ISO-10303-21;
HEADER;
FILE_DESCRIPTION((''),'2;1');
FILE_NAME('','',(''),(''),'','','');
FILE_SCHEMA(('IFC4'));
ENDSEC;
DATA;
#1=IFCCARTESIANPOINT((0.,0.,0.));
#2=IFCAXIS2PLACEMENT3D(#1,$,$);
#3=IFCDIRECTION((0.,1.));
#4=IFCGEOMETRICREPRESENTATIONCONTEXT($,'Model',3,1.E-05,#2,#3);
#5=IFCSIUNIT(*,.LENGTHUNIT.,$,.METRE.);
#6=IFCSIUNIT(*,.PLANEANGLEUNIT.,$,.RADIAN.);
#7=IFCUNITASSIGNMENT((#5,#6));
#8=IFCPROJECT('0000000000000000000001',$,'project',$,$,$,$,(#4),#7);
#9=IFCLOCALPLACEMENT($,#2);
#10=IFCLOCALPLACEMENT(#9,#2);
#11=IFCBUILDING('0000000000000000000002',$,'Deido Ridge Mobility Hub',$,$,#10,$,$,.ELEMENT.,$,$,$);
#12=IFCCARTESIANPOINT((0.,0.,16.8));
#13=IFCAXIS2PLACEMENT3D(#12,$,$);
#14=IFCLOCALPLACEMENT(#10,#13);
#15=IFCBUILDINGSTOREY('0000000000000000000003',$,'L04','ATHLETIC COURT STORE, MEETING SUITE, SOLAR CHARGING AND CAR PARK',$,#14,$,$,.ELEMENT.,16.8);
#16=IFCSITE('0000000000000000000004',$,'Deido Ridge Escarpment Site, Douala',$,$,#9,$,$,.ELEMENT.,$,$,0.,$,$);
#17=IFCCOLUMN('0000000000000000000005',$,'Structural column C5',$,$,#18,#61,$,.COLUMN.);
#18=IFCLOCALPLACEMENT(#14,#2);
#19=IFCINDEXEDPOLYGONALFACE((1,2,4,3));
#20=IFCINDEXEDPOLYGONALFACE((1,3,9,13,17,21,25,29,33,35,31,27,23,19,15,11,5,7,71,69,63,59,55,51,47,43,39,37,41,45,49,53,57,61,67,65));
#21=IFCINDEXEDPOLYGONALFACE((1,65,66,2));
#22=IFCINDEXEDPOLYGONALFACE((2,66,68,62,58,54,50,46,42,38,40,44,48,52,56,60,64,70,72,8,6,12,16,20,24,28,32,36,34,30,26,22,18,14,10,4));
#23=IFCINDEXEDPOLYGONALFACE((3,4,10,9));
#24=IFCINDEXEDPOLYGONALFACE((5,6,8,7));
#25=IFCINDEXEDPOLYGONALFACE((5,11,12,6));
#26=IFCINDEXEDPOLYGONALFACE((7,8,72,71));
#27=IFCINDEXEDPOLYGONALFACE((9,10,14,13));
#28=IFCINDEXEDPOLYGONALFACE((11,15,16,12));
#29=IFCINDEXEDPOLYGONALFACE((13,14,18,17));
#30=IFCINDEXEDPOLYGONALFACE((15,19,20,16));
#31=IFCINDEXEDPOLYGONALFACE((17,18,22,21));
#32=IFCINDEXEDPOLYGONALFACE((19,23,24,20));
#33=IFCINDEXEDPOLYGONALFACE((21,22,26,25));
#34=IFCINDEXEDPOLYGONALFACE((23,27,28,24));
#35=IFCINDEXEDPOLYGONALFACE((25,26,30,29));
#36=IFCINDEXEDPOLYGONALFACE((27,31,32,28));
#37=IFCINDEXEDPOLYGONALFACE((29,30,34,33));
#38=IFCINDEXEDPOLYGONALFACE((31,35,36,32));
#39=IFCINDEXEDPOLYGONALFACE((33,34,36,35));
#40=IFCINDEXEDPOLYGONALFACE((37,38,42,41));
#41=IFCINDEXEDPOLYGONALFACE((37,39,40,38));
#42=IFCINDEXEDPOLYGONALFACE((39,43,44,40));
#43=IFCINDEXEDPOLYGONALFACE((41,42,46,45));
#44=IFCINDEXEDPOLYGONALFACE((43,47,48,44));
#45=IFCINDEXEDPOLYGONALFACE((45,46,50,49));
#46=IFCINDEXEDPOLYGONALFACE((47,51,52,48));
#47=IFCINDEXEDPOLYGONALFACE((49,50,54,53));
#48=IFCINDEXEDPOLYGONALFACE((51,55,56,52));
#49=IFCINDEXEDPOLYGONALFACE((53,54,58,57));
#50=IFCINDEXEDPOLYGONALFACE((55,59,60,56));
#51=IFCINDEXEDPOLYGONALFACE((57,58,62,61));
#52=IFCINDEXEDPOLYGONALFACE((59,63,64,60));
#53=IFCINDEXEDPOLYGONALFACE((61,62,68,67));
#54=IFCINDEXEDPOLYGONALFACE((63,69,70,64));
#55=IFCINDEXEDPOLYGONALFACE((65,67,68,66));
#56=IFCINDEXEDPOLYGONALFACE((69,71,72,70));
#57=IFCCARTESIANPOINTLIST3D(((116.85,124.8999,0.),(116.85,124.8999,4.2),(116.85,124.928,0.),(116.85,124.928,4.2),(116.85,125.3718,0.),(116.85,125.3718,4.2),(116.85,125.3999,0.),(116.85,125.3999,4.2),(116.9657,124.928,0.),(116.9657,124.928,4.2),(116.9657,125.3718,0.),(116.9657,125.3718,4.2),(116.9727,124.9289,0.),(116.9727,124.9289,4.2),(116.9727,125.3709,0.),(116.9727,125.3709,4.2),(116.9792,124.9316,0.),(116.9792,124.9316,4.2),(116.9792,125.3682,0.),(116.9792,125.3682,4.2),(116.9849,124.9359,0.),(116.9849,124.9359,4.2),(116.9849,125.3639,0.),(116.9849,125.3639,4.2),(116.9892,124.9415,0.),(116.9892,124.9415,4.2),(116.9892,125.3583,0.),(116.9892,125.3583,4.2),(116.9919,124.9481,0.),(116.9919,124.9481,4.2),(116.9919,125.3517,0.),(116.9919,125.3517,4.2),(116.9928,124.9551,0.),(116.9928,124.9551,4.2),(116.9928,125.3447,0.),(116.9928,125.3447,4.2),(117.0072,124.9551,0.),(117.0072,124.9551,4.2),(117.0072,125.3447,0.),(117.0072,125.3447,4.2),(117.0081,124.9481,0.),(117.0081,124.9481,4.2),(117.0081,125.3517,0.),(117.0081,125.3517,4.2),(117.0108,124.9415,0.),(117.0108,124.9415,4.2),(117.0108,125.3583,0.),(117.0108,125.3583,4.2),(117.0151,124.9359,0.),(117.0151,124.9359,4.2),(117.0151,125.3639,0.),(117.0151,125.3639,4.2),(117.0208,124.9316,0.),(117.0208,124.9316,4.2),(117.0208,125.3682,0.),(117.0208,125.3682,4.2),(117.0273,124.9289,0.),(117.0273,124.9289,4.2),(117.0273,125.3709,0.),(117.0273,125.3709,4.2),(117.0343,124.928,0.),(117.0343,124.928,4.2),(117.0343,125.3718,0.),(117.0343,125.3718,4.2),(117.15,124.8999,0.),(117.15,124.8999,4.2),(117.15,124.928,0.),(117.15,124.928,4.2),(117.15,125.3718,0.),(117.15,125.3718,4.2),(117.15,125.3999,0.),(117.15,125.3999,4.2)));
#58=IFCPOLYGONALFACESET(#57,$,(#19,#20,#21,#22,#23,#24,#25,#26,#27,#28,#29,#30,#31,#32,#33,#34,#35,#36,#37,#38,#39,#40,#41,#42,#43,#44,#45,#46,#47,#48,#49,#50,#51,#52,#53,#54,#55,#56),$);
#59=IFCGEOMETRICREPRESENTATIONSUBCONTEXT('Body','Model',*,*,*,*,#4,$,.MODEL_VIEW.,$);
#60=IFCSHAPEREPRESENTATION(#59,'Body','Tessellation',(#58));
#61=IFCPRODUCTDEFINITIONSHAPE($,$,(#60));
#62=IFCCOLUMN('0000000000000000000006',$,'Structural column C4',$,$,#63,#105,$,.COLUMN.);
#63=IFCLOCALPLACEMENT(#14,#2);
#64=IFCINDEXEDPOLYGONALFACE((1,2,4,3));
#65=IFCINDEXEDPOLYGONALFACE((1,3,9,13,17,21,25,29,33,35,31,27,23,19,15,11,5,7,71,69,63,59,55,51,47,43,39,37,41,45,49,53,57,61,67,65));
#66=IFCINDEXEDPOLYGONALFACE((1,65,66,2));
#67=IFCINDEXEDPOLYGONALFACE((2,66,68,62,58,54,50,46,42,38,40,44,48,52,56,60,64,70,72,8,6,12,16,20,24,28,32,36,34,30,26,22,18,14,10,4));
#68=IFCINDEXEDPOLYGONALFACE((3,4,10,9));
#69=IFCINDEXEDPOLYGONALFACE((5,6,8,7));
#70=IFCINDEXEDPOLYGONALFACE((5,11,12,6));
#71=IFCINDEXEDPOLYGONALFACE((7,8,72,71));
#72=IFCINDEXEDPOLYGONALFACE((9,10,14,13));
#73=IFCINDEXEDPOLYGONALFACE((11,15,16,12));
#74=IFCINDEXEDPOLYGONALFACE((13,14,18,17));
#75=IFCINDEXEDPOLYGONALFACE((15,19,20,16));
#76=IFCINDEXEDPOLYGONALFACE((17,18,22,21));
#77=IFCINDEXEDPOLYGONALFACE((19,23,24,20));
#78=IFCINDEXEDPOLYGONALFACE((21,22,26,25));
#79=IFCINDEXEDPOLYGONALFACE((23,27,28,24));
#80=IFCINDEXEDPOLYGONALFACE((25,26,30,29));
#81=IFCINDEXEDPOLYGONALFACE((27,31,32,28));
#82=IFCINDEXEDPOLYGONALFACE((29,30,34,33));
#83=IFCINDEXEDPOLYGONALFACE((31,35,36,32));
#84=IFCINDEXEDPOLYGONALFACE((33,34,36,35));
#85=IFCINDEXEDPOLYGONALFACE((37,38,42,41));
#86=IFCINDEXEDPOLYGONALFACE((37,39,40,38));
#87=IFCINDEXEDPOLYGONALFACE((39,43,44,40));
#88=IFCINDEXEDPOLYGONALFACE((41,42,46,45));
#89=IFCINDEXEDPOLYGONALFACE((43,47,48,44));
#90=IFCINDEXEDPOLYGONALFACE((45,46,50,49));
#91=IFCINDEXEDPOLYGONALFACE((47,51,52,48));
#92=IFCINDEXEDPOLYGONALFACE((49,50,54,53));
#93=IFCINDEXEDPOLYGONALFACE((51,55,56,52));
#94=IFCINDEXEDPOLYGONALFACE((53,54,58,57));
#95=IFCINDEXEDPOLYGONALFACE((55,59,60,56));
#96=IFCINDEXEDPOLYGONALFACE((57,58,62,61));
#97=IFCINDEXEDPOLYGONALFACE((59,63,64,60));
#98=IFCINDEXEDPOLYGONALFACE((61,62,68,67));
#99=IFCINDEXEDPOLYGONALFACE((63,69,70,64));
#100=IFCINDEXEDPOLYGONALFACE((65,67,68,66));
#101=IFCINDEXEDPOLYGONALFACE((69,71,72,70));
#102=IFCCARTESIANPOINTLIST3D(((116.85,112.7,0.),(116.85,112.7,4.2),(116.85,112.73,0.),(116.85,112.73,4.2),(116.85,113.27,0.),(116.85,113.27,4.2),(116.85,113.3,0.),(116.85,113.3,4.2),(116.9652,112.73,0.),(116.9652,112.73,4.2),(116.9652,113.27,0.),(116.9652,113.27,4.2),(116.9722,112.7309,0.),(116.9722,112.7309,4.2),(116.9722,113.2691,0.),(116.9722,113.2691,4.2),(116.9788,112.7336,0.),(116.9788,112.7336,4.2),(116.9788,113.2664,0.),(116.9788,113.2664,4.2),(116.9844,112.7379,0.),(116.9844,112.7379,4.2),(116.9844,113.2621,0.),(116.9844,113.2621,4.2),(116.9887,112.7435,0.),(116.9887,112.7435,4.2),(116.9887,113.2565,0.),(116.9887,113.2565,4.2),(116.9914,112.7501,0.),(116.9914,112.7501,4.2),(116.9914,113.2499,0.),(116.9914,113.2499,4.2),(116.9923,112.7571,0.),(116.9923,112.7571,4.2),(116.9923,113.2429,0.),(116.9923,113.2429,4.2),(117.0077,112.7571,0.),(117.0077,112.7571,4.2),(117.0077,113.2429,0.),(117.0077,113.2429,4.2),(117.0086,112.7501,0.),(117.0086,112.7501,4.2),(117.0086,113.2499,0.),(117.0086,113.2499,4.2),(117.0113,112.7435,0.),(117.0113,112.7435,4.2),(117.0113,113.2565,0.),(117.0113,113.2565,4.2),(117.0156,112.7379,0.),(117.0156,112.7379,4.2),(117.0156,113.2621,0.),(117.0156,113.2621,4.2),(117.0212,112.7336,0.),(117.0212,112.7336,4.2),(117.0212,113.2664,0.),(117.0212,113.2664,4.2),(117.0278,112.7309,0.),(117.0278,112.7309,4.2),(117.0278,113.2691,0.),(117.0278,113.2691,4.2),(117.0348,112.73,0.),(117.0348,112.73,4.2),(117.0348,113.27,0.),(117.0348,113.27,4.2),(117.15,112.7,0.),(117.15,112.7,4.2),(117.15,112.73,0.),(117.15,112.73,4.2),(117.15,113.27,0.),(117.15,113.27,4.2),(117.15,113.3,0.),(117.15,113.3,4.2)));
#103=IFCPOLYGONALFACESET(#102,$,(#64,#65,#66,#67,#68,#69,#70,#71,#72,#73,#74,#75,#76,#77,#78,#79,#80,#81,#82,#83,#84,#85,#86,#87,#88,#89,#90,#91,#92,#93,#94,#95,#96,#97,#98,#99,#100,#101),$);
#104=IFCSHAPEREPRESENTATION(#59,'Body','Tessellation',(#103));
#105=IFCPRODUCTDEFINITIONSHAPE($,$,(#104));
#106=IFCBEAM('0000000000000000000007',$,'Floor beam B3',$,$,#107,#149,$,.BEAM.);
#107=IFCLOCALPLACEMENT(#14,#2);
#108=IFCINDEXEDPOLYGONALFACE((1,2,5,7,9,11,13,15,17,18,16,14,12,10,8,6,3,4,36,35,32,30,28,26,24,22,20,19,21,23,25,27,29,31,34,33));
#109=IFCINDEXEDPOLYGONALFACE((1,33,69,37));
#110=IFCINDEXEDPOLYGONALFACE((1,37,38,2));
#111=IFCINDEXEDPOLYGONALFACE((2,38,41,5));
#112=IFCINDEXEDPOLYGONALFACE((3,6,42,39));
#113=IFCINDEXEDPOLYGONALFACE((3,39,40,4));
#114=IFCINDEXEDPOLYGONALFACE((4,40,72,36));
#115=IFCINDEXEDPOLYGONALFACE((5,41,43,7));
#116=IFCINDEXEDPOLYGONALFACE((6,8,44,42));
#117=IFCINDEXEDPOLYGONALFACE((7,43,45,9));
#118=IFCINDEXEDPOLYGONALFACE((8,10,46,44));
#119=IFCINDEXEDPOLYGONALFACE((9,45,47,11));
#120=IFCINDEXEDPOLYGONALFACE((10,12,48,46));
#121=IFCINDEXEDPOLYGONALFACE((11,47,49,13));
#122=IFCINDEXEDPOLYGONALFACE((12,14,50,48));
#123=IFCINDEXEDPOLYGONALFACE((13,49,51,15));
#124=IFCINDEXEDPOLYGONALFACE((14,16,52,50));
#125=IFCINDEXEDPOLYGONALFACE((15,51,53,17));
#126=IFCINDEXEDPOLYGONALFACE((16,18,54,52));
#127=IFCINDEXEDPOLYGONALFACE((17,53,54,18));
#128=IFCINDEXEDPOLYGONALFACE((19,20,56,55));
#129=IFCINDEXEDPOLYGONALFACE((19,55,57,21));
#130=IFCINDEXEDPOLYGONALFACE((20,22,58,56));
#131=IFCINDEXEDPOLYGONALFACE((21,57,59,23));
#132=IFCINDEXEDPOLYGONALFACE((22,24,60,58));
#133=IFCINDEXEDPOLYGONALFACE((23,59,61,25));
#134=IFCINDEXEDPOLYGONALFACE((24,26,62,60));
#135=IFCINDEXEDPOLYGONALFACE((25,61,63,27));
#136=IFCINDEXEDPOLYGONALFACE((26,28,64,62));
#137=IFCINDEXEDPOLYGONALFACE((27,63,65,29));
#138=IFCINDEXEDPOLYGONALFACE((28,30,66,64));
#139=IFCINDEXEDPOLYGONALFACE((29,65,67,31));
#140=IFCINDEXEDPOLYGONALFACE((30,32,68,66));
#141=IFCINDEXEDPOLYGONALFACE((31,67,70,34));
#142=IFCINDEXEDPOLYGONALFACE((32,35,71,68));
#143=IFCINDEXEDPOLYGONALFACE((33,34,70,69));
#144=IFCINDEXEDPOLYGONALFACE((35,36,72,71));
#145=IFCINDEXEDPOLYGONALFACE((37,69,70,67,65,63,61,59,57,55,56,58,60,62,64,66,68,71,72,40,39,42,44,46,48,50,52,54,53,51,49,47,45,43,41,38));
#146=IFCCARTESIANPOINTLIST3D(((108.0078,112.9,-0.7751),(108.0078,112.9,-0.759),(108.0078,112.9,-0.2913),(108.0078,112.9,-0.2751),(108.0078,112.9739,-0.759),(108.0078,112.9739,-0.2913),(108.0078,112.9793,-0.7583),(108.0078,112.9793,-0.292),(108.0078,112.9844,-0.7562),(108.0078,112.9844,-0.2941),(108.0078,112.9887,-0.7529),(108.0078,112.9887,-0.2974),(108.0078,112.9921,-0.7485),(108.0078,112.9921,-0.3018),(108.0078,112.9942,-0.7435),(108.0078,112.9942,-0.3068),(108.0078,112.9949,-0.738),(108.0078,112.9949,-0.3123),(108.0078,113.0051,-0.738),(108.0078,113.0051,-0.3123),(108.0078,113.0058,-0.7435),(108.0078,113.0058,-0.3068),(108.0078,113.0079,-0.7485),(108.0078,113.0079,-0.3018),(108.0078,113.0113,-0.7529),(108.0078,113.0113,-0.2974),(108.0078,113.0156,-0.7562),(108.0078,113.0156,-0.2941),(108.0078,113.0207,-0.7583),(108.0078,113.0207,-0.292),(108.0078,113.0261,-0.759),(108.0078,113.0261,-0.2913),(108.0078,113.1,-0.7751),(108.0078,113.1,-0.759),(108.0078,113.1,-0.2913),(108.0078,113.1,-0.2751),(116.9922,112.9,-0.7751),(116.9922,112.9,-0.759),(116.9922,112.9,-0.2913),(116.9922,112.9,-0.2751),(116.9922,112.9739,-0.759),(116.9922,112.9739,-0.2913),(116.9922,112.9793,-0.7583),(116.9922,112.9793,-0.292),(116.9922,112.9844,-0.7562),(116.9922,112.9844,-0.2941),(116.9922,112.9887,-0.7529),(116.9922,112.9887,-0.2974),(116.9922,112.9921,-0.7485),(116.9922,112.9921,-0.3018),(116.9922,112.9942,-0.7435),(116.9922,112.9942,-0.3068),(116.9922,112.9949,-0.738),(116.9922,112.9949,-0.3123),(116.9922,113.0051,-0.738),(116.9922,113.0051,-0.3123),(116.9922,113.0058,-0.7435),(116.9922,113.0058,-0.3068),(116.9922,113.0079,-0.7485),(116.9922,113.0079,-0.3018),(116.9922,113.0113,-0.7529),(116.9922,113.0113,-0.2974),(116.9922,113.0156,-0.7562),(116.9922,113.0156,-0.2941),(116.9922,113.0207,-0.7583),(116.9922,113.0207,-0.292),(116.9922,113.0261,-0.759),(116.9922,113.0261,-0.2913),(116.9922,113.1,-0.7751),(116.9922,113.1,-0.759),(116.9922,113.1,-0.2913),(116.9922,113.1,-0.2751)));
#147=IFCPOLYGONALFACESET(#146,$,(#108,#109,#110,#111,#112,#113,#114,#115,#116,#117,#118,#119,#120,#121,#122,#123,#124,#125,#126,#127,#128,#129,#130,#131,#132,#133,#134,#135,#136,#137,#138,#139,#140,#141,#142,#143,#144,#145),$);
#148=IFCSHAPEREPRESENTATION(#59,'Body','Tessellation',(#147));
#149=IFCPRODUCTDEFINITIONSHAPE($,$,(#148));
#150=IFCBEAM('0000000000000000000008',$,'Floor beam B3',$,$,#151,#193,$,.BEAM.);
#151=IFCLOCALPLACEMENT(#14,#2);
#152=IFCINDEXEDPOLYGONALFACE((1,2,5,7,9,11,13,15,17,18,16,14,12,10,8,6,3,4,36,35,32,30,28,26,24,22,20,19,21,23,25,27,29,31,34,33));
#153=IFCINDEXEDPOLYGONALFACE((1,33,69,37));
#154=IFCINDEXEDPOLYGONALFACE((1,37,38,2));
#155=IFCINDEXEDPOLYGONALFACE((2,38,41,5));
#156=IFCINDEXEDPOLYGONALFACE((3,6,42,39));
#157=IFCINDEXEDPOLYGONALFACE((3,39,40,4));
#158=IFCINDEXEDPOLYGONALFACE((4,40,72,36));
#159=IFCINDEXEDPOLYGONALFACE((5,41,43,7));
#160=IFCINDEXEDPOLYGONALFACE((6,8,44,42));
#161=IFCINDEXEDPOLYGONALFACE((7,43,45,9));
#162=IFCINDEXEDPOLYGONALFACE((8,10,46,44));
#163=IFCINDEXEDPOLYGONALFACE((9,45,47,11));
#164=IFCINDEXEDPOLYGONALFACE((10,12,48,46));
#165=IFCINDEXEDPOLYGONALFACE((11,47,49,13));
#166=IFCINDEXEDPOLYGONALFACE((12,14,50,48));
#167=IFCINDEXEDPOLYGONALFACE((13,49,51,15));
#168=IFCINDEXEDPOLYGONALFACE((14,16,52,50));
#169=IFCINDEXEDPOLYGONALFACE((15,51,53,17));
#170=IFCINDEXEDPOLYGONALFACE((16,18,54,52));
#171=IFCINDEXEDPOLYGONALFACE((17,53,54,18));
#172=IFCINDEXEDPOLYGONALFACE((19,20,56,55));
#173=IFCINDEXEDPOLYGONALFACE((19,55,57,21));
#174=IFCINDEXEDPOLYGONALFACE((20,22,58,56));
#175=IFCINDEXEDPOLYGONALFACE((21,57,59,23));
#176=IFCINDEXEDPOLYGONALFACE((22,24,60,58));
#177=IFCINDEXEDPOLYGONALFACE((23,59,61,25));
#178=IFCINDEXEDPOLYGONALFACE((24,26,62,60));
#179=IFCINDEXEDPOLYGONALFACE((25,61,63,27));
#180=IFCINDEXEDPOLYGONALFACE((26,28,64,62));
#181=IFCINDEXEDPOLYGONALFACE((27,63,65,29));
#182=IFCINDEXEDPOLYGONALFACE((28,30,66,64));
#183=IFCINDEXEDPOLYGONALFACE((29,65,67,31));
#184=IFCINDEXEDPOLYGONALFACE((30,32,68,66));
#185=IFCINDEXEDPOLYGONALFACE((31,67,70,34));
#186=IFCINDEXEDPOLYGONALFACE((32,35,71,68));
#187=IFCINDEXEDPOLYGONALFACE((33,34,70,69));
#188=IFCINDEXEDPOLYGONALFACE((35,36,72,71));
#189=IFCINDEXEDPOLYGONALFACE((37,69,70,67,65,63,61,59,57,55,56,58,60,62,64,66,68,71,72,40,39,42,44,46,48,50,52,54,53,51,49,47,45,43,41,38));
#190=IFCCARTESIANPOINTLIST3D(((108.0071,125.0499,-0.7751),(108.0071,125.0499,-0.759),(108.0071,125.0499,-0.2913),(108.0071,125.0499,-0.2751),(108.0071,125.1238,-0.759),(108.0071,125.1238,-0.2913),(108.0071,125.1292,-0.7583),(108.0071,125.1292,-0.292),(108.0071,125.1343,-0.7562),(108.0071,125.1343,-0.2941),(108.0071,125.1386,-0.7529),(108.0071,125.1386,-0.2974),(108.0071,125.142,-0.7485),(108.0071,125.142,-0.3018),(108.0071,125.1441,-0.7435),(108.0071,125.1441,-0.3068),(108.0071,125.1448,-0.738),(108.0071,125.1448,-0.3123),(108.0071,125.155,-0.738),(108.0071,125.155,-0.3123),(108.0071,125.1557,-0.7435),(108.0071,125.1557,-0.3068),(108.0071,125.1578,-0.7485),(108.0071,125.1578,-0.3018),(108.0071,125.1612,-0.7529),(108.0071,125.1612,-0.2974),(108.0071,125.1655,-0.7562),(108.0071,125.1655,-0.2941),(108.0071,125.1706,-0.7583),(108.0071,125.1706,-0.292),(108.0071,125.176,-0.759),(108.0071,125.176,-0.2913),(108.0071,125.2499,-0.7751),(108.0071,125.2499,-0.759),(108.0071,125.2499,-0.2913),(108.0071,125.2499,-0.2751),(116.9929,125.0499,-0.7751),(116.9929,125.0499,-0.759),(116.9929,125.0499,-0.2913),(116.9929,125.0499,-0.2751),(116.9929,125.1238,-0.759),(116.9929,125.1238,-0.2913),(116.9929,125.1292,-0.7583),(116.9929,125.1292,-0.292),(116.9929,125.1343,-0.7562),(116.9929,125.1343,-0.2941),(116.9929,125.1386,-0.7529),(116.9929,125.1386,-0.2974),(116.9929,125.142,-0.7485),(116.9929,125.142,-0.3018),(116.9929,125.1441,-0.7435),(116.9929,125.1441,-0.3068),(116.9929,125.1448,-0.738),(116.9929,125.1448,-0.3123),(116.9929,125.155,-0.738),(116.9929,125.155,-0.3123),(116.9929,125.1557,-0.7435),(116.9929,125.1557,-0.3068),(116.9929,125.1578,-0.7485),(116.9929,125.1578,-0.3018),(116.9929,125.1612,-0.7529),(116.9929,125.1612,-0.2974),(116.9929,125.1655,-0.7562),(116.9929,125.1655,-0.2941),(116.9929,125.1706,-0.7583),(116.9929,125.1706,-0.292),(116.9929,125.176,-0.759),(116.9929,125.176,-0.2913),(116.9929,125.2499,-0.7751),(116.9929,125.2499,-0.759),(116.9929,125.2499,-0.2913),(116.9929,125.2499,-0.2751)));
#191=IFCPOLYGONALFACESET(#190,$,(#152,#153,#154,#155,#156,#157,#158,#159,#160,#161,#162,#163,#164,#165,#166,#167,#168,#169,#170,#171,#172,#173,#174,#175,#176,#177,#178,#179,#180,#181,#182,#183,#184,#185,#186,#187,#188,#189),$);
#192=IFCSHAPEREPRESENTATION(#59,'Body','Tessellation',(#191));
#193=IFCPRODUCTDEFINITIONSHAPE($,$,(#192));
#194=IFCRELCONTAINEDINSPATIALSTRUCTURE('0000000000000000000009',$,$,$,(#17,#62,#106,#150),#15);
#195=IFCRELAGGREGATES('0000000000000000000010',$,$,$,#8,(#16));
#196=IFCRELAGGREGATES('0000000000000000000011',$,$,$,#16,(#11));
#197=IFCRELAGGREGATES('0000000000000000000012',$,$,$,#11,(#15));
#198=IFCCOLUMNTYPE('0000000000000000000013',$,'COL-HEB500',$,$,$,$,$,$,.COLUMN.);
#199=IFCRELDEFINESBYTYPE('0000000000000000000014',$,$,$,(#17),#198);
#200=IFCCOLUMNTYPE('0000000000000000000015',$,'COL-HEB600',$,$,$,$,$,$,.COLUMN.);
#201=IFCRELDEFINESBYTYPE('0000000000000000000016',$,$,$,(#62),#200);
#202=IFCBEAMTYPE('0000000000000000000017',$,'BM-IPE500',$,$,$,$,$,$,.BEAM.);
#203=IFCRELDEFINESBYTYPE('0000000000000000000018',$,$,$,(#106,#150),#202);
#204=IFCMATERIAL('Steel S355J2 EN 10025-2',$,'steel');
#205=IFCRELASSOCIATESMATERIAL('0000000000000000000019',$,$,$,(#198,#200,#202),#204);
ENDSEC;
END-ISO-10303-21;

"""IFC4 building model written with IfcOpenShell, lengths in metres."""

from ifc_helpers import new_model, si_unit, direction, frame, origin, origin_2d, place, context, subcontext, project, spatial, i_section, extrude, material, material_profile, profile_set, type_object, element, save


model = new_model("IFC4")

# Units and contexts
model_context = context("Model", 3, precision=1e-05, world=origin(), true_north=direction((0.0, 1.0)))
body_context = subcontext(model_context, "Body", "Model", "MODEL_VIEW")
ifc_project = project(units=[si_unit("LENGTHUNIT", "METRE"), si_unit("PLANEANGLEUNIT", "RADIAN")], contexts=[model_context])

# Site, building, storey
site_placement = place(None, origin())
site = spatial("IfcSite", under=ifc_project, at=site_placement, Name="Deido Ridge Escarpment Site, Douala", CompositionType="ELEMENT", RefElevation=0.0)
building_placement = place(site_placement, origin())
building = spatial("IfcBuilding", under=site, at=building_placement, Name="Deido Ridge Mobility Hub", CompositionType="ELEMENT")
storey_placement = place(building_placement, frame((0.0, 0.0, 16.8)))
storey = spatial("IfcBuildingStorey", under=building, at=storey_placement, Name="L04", Description="ATHLETIC COURT STORE, MEETING SUITE, SOLAR CHARGING AND CAR PARK", CompositionType="ELEMENT", Elevation=16.8)

# Columns
ifc_material_1 = material(Name="Steel S355J2 EN 10025-2", Category="steel")
ifc_material_profile_1 = material_profile(ifc_material_1, i_section(OverallWidth=0.3, OverallDepth=0.5, WebThickness=0.0144, FlangeThickness=0.0281, FilletRadius=0.0271, at=origin_2d()), Name="HEB 500")
ifc_profile_set_1 = profile_set([ifc_material_profile_1], Name="Steel S355J2 EN 10025-2")
column_type_1 = type_object("IfcColumnType", Name="COL-HEB500", PredefinedType="COLUMN", material=ifc_profile_set_1)
column_1_placement = place(storey_placement, frame((117.0, 125.1499, 0.0), z_axis=(0.0, 0.0, 1.0), x_axis=(1.0, 0.0, 0.0)))
element("IfcColumn", 1, at=column_1_placement, inside=storey, type_object=column_type_1, Name="Structural column C5", PredefinedType="COLUMN", context=body_context, shape_type="SweptSolid", body=[
    extrude(i_section(OverallWidth=0.3, OverallDepth=0.5, WebThickness=0.0144, FlangeThickness=0.0281, FilletRadius=0.0271, at=origin_2d()), origin(), (0.0, 0.0, 1.0), 4.2),
])
ifc_material_profile_2 = material_profile(ifc_material_1, i_section(OverallWidth=0.3, OverallDepth=0.6001, WebThickness=0.0154, FlangeThickness=0.03, FilletRadius=0.0271, at=origin_2d()), Name="HEB 600")
ifc_profile_set_2 = profile_set([ifc_material_profile_2], Name="Steel S355J2 EN 10025-2")
column_type_2 = type_object("IfcColumnType", Name="COL-HEB600", PredefinedType="COLUMN", material=ifc_profile_set_2)
column_2_placement = place(storey_placement, frame((117.0, 113.0, 0.0), z_axis=(0.0, 0.0, 1.0), x_axis=(1.0, 0.0, 0.0)))
element("IfcColumn", 2, at=column_2_placement, inside=storey, type_object=column_type_2, Name="Structural column C4", PredefinedType="COLUMN", context=body_context, shape_type="SweptSolid", body=[
    extrude(i_section(OverallWidth=0.3, OverallDepth=0.6001, WebThickness=0.0154, FlangeThickness=0.03, FilletRadius=0.0271, at=origin_2d()), origin(), (0.0, 0.0, 1.0), 4.2),
])

# Beams
ifc_material_profile_3 = material_profile(ifc_material_1, i_section(OverallWidth=0.2, OverallDepth=0.5, WebThickness=0.0103, FlangeThickness=0.0161, FilletRadius=0.021, at=origin_2d()), Name="IPE 500")
ifc_profile_set_3 = profile_set([ifc_material_profile_3], Name="Steel S355J2 EN 10025-2")
beam_type_1 = type_object("IfcBeamType", Name="BM-IPE500", PredefinedType="BEAM", material=ifc_profile_set_3)
beam_1_placement = place(storey_placement, frame((108.0078, 113.0, -0.5251), z_axis=(1.0, 0.0, 0.0), x_axis=(0.0, 1.0, 0.0)))
element("IfcBeam", 3, at=beam_1_placement, inside=storey, type_object=beam_type_1, Name="Floor beam B3", PredefinedType="BEAM", context=body_context, shape_type="SweptSolid", body=[
    extrude(i_section(OverallWidth=0.2, OverallDepth=0.5, WebThickness=0.0103, FlangeThickness=0.0161, FilletRadius=0.021, at=origin_2d()), origin(), (0.0, 0.0, 1.0), 8.9844),
])
beam_2_placement = place(storey_placement, frame((108.0071, 125.1499, -0.5251), z_axis=(1.0, 0.0, 0.0), x_axis=(0.0, 1.0, 0.0)))
element("IfcBeam", 4, at=beam_2_placement, inside=storey, type_object=beam_type_1, Name="Floor beam B3", PredefinedType="BEAM", context=body_context, shape_type="SweptSolid", body=[
    extrude(i_section(OverallWidth=0.2, OverallDepth=0.5, WebThickness=0.0103, FlangeThickness=0.0161, FilletRadius=0.021, at=origin_2d()), origin(), (0.0, 0.0, 1.0), 8.9858),
])

save(model, "model.ifc")
